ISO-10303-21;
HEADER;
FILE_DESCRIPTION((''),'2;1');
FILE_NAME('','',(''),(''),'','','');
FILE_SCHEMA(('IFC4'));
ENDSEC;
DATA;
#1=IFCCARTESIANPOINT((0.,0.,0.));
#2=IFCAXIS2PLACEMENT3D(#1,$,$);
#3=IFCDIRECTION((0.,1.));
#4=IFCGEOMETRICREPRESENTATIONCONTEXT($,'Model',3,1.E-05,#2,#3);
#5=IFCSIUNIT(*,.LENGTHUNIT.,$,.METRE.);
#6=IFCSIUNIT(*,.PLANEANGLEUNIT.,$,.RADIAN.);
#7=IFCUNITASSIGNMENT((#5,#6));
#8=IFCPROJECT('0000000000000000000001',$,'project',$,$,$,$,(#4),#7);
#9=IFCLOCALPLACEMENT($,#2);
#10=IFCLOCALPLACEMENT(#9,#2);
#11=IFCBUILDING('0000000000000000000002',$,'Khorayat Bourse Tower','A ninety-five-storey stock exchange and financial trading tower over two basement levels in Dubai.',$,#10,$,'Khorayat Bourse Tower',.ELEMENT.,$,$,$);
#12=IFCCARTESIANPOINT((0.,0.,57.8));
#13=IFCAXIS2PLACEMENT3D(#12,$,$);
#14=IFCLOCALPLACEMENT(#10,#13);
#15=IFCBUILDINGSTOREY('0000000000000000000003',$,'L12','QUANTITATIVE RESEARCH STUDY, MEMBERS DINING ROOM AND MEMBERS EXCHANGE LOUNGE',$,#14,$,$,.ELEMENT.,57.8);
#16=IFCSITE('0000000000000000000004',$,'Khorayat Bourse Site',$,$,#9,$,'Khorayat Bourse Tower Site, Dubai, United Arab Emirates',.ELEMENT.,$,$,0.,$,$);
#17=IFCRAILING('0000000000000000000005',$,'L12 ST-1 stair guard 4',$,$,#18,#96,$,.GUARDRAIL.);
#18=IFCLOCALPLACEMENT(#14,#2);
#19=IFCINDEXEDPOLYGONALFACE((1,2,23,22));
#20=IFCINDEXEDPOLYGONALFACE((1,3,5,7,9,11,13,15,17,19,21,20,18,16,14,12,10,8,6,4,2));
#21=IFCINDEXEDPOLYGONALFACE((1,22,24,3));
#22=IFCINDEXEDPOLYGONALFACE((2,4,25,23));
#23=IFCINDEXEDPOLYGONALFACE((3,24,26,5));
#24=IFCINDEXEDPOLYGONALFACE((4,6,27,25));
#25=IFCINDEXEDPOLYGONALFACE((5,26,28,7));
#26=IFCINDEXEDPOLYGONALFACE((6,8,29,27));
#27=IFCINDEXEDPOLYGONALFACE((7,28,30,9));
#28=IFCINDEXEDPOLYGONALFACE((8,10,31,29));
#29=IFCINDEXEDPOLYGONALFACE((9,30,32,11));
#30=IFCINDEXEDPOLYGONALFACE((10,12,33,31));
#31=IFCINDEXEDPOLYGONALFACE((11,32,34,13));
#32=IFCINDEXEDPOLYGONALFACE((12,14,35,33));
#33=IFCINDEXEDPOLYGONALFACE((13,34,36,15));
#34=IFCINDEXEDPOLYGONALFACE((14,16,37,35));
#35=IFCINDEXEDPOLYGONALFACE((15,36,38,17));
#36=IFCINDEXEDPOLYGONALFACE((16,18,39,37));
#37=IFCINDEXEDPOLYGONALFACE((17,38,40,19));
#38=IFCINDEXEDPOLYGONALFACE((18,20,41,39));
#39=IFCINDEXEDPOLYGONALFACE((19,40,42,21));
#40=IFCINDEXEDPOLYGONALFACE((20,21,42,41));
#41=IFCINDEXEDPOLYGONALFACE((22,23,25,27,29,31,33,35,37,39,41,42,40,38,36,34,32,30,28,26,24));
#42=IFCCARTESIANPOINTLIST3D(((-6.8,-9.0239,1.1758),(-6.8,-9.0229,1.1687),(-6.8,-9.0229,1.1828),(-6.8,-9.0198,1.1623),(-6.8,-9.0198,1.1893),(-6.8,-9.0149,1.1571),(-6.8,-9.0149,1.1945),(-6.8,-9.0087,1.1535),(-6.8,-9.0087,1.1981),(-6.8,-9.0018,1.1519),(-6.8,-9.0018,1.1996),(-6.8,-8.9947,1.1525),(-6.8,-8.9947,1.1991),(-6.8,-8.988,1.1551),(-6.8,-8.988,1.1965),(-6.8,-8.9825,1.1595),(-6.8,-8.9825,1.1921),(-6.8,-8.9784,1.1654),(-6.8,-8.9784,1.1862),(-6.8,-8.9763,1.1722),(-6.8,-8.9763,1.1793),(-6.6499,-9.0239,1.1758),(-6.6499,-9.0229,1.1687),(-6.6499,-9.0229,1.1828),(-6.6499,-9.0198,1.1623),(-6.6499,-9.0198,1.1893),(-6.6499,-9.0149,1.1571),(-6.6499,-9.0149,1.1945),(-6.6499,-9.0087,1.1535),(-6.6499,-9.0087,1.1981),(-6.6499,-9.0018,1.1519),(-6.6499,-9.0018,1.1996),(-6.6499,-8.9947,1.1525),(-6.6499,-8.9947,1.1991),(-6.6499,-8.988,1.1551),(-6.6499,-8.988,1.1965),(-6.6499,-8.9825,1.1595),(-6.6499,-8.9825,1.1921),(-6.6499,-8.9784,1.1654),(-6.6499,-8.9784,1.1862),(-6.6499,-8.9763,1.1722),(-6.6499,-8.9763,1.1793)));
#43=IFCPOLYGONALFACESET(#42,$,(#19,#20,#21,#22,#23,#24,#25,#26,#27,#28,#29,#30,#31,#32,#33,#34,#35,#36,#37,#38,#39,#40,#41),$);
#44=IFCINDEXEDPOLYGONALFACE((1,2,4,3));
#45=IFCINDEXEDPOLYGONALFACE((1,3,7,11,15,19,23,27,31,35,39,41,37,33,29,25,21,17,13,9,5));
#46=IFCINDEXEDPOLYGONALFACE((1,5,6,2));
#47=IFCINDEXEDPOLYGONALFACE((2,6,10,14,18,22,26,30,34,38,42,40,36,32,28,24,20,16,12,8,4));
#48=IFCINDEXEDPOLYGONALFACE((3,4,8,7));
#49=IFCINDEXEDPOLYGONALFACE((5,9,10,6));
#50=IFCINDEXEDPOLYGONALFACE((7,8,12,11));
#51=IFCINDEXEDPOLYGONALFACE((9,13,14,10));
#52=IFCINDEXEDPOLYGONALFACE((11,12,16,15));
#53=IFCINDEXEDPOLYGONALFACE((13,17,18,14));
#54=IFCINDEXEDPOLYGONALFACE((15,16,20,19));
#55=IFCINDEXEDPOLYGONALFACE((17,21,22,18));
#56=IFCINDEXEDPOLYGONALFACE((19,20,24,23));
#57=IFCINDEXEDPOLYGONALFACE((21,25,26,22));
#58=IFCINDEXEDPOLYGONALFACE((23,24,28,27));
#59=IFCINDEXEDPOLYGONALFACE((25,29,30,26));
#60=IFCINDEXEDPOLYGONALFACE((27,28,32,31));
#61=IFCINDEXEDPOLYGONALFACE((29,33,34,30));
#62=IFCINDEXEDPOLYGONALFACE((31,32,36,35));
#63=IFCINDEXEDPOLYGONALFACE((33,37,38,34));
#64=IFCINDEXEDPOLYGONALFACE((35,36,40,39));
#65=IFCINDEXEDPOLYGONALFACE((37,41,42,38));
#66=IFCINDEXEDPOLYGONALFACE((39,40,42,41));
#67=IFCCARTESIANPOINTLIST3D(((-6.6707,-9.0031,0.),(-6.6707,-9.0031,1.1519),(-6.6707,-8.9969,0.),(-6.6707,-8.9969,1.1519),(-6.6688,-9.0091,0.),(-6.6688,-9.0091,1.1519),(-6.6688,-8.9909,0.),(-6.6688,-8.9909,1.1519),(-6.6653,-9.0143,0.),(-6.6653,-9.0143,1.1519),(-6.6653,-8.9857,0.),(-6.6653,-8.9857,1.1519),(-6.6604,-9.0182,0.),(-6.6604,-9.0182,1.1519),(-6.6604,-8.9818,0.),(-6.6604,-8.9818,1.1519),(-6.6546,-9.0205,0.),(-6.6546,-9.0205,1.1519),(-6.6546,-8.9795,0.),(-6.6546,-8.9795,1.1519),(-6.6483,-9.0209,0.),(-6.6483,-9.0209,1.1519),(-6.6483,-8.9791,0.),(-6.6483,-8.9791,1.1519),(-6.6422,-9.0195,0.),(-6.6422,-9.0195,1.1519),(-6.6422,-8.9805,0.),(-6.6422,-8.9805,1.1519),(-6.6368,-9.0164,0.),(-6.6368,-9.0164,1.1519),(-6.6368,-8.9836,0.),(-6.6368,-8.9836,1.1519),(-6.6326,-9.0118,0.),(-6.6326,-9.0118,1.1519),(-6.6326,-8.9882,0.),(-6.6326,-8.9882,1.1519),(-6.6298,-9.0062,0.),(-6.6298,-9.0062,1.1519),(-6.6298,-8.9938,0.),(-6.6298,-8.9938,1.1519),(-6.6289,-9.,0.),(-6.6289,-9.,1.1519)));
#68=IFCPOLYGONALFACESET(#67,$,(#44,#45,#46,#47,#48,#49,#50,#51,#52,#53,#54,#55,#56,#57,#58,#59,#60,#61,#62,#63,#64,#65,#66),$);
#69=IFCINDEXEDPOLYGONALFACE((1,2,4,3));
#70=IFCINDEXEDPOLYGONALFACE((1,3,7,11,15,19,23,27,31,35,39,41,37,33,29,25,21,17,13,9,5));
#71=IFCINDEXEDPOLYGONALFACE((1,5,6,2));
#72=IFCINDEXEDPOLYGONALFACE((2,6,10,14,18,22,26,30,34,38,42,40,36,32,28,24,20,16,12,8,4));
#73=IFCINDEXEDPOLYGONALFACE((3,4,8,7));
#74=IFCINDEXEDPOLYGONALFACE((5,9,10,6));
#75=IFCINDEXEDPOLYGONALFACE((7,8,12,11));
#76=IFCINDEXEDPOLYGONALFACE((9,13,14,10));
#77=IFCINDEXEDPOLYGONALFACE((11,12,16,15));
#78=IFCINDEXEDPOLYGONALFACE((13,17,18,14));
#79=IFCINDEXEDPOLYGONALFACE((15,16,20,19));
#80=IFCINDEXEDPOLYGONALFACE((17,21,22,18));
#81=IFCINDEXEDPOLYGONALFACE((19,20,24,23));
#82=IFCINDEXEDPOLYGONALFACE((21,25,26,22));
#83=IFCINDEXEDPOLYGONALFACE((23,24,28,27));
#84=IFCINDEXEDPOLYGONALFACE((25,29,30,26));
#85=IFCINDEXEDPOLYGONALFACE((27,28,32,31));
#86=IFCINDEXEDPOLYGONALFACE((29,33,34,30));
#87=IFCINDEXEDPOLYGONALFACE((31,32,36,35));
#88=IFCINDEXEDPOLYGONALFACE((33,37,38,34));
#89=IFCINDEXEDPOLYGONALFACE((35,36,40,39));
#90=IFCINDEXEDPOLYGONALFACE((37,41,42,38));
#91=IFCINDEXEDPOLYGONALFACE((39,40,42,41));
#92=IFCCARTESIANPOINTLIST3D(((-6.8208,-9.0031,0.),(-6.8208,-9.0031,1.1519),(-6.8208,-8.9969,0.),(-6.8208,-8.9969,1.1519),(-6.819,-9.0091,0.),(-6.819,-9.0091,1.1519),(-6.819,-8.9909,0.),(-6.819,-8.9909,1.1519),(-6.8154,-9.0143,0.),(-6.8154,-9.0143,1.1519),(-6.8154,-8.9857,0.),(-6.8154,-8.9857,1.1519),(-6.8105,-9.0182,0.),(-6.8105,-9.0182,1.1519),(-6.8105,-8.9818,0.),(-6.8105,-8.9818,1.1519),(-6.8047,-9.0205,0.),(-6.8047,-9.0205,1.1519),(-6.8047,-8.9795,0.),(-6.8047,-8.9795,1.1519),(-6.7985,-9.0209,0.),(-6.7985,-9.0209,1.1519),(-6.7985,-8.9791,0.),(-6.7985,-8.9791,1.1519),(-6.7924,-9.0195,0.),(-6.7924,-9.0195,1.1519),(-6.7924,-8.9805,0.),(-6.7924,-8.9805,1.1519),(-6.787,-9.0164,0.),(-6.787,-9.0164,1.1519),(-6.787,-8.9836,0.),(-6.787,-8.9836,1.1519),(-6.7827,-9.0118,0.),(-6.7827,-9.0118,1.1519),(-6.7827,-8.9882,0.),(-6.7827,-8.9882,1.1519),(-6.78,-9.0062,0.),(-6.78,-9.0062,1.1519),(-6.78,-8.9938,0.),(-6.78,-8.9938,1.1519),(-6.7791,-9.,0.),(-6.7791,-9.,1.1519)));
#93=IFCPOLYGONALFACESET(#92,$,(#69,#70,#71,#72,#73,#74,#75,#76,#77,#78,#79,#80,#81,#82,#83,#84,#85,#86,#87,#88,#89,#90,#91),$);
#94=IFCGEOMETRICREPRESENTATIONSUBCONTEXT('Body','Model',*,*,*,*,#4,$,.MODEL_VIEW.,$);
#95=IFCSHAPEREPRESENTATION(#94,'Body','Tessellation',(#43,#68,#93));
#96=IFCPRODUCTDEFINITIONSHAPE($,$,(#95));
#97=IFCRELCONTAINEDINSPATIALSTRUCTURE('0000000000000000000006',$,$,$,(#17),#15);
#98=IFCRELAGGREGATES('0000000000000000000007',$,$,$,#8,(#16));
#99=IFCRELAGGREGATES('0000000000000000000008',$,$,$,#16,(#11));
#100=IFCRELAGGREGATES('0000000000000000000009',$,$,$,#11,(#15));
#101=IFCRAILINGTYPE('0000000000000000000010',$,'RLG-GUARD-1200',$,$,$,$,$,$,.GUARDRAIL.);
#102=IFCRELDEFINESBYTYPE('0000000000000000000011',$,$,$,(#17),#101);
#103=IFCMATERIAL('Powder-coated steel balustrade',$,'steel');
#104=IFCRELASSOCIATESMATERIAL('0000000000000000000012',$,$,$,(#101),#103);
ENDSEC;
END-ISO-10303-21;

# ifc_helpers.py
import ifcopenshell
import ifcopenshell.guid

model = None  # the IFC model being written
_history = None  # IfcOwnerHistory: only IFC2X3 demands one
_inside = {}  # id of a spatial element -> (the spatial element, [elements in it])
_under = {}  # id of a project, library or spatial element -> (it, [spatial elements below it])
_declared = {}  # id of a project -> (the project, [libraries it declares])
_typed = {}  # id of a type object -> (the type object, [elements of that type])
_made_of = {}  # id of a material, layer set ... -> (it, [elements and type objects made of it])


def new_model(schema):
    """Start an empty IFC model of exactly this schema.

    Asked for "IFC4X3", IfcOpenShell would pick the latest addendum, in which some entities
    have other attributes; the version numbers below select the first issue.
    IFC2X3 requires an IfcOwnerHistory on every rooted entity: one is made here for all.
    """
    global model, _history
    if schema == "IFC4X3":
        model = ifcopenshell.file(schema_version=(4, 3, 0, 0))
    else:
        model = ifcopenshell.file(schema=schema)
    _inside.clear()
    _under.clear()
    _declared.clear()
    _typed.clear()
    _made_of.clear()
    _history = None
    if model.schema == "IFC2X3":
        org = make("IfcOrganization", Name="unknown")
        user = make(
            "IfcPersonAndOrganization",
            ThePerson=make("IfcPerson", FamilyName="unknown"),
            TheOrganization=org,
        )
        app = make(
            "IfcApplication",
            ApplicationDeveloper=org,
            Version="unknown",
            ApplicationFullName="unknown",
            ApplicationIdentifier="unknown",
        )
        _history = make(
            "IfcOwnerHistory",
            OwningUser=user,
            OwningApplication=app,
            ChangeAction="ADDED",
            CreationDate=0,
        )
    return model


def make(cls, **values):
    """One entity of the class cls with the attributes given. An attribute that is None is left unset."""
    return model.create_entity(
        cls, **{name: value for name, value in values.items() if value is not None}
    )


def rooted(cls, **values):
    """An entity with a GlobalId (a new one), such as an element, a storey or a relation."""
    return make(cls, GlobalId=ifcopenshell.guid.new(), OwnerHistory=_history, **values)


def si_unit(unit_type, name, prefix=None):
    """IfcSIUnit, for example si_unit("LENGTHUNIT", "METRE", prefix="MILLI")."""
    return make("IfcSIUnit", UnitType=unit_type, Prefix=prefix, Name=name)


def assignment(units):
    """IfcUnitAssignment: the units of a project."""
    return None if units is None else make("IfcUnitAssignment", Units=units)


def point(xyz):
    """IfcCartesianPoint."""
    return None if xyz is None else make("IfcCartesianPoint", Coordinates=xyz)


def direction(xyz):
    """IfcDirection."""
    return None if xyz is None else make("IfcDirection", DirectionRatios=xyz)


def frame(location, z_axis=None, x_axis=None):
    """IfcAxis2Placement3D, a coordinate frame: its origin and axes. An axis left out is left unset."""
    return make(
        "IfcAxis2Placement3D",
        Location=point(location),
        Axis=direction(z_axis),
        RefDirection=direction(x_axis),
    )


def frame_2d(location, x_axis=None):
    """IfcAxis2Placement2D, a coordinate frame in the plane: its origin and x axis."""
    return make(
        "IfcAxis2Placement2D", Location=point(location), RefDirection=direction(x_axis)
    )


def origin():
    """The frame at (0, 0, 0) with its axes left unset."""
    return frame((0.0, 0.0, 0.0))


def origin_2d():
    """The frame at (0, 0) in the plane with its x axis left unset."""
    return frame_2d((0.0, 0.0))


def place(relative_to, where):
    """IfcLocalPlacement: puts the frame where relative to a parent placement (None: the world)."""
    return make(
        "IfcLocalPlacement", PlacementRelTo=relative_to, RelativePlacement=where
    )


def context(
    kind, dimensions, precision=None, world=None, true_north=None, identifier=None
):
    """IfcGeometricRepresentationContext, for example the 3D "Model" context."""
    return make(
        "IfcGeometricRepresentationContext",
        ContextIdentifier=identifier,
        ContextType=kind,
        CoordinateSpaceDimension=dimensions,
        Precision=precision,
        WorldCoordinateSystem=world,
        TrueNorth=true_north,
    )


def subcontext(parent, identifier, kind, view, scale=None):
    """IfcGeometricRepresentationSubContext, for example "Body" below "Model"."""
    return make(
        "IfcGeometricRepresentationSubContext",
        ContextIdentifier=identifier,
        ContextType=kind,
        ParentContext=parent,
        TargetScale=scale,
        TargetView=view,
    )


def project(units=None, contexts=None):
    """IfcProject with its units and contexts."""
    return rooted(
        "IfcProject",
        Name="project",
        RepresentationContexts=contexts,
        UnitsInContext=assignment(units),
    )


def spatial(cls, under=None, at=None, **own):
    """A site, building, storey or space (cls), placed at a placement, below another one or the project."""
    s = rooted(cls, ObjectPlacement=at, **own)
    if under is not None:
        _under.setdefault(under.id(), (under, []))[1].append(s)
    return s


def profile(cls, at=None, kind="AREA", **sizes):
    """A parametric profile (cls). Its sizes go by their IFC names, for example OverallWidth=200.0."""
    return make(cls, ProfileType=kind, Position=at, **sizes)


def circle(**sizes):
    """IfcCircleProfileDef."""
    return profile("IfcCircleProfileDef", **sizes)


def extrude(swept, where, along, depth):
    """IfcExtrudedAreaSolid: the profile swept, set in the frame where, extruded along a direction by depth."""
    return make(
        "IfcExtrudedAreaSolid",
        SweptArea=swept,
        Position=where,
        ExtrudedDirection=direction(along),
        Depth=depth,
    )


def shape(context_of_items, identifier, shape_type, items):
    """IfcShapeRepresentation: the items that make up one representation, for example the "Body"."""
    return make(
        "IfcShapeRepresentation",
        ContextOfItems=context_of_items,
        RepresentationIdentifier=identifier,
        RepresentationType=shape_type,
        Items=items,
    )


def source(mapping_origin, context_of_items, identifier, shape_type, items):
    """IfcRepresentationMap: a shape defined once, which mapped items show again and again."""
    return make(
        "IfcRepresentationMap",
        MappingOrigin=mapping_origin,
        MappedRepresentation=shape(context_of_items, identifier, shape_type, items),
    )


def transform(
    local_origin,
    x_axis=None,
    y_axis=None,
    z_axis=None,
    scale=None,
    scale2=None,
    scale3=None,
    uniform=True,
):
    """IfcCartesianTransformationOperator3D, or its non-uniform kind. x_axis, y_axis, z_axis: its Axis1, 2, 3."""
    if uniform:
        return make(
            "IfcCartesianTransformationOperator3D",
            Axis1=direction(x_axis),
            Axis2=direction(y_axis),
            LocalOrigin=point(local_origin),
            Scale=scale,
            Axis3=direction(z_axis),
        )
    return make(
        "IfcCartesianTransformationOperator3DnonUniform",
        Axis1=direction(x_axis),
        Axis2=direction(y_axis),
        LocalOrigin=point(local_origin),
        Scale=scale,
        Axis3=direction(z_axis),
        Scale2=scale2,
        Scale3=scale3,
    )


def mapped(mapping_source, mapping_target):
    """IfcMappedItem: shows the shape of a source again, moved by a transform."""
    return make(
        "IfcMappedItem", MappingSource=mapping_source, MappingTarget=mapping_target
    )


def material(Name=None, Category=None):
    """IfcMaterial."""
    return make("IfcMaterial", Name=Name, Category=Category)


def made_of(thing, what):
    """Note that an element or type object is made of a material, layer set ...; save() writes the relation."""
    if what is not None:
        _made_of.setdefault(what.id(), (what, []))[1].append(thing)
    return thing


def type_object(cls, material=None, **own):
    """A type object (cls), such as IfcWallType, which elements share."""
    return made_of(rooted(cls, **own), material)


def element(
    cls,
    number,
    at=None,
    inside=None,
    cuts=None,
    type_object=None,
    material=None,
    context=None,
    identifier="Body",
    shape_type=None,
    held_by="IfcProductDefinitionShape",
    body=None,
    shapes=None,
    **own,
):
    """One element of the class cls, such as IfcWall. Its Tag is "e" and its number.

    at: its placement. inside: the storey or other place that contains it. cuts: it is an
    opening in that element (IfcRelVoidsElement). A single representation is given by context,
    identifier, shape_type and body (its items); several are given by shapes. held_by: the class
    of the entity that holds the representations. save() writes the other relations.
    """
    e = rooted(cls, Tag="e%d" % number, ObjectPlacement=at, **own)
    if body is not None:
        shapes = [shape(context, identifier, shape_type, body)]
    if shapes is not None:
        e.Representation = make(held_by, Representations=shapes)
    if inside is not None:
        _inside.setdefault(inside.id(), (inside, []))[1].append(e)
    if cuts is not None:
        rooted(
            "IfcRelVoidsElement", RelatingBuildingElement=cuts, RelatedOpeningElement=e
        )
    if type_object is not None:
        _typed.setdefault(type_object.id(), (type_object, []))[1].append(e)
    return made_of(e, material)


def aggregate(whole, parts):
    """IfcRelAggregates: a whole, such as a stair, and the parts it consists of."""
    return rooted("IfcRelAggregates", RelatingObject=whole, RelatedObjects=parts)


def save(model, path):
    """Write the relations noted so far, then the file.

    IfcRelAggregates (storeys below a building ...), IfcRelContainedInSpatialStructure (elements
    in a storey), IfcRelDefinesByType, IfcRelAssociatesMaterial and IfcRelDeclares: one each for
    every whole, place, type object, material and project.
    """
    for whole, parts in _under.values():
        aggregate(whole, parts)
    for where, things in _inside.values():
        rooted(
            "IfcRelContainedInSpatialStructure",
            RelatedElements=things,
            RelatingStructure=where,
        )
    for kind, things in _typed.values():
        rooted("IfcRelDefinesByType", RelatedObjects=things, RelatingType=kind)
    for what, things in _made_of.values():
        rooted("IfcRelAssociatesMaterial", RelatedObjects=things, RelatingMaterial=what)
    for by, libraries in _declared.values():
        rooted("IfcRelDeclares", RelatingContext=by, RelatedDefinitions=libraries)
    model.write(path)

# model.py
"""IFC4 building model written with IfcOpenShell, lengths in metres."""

from ifc_helpers import new_model, si_unit, direction, frame, origin, origin_2d, place, context, subcontext, project, spatial, circle, extrude, source, transform, mapped, material, type_object, element, save


model = new_model("IFC4")

# Units and contexts
model_context = context("Model", 3, precision=1e-05, world=origin(), true_north=direction((0.0, 1.0)))
body_context = subcontext(model_context, "Body", "Model", "MODEL_VIEW")
ifc_project = project(units=[si_unit("LENGTHUNIT", "METRE"), si_unit("PLANEANGLEUNIT", "RADIAN")], contexts=[model_context])

# Site, building, storey
site_placement = place(None, origin())
site = spatial("IfcSite", under=ifc_project, at=site_placement, Name="Khorayat Bourse Site", LongName="Khorayat Bourse Tower Site, Dubai, United Arab Emirates", CompositionType="ELEMENT", RefElevation=0.0)
building_placement = place(site_placement, origin())
building = spatial("IfcBuilding", under=site, at=building_placement, Name="Khorayat Bourse Tower", Description="A ninety-five-storey stock exchange and financial trading tower over two basement levels in Dubai.", LongName="Khorayat Bourse Tower", CompositionType="ELEMENT")
storey_placement = place(building_placement, frame((0.0, 0.0, 57.8)))
storey = spatial("IfcBuildingStorey", under=building, at=storey_placement, Name="L12", Description="QUANTITATIVE RESEARCH STUDY, MEMBERS DINING ROOM AND MEMBERS EXCHANGE LOUNGE", CompositionType="ELEMENT", Elevation=57.8)

# Railing
ifc_material_1 = material(Name="Powder-coated steel balustrade", Category="steel")
railing_type_1 = type_object("IfcRailingType", Name="RLG-GUARD-1200", PredefinedType="GUARDRAIL", material=ifc_material_1)
shared_shape_1 = source(origin(), body_context, "Body", "SweptSolid", [
    extrude(circle(Radius=0.0239, at=origin_2d()), frame((0.0, 0.0, 1.1758), z_axis=(-1.0, 0.0, 0.0), x_axis=(0.0, -1.0, 0.0)), (0.0, 0.0, 1.0), 0.1501),
    extrude(circle(Radius=0.021, at=origin_2d()), origin(), (0.0, 0.0, 1.0), 1.1519),
    extrude(circle(Radius=0.021, at=origin_2d()), frame((-0.1501, 0.0, 0.0)), (0.0, 0.0, 1.0), 1.1519),
])
for number, where, name in (
    (1, (-6.6499, -9.0, 0.0), "L12 ST-1 stair guard 4"),
):
    element("IfcRailing", number, at=place(storey_placement, frame(where)), inside=storey, type_object=railing_type_1, Name=name, PredefinedType="GUARDRAIL", context=body_context, shape_type="MappedRepresentation", body=[
        mapped(shared_shape_1, transform((0.0, 0.0, 0.0), scale=1.0)),
    ])

save(model, "model.ifc")
